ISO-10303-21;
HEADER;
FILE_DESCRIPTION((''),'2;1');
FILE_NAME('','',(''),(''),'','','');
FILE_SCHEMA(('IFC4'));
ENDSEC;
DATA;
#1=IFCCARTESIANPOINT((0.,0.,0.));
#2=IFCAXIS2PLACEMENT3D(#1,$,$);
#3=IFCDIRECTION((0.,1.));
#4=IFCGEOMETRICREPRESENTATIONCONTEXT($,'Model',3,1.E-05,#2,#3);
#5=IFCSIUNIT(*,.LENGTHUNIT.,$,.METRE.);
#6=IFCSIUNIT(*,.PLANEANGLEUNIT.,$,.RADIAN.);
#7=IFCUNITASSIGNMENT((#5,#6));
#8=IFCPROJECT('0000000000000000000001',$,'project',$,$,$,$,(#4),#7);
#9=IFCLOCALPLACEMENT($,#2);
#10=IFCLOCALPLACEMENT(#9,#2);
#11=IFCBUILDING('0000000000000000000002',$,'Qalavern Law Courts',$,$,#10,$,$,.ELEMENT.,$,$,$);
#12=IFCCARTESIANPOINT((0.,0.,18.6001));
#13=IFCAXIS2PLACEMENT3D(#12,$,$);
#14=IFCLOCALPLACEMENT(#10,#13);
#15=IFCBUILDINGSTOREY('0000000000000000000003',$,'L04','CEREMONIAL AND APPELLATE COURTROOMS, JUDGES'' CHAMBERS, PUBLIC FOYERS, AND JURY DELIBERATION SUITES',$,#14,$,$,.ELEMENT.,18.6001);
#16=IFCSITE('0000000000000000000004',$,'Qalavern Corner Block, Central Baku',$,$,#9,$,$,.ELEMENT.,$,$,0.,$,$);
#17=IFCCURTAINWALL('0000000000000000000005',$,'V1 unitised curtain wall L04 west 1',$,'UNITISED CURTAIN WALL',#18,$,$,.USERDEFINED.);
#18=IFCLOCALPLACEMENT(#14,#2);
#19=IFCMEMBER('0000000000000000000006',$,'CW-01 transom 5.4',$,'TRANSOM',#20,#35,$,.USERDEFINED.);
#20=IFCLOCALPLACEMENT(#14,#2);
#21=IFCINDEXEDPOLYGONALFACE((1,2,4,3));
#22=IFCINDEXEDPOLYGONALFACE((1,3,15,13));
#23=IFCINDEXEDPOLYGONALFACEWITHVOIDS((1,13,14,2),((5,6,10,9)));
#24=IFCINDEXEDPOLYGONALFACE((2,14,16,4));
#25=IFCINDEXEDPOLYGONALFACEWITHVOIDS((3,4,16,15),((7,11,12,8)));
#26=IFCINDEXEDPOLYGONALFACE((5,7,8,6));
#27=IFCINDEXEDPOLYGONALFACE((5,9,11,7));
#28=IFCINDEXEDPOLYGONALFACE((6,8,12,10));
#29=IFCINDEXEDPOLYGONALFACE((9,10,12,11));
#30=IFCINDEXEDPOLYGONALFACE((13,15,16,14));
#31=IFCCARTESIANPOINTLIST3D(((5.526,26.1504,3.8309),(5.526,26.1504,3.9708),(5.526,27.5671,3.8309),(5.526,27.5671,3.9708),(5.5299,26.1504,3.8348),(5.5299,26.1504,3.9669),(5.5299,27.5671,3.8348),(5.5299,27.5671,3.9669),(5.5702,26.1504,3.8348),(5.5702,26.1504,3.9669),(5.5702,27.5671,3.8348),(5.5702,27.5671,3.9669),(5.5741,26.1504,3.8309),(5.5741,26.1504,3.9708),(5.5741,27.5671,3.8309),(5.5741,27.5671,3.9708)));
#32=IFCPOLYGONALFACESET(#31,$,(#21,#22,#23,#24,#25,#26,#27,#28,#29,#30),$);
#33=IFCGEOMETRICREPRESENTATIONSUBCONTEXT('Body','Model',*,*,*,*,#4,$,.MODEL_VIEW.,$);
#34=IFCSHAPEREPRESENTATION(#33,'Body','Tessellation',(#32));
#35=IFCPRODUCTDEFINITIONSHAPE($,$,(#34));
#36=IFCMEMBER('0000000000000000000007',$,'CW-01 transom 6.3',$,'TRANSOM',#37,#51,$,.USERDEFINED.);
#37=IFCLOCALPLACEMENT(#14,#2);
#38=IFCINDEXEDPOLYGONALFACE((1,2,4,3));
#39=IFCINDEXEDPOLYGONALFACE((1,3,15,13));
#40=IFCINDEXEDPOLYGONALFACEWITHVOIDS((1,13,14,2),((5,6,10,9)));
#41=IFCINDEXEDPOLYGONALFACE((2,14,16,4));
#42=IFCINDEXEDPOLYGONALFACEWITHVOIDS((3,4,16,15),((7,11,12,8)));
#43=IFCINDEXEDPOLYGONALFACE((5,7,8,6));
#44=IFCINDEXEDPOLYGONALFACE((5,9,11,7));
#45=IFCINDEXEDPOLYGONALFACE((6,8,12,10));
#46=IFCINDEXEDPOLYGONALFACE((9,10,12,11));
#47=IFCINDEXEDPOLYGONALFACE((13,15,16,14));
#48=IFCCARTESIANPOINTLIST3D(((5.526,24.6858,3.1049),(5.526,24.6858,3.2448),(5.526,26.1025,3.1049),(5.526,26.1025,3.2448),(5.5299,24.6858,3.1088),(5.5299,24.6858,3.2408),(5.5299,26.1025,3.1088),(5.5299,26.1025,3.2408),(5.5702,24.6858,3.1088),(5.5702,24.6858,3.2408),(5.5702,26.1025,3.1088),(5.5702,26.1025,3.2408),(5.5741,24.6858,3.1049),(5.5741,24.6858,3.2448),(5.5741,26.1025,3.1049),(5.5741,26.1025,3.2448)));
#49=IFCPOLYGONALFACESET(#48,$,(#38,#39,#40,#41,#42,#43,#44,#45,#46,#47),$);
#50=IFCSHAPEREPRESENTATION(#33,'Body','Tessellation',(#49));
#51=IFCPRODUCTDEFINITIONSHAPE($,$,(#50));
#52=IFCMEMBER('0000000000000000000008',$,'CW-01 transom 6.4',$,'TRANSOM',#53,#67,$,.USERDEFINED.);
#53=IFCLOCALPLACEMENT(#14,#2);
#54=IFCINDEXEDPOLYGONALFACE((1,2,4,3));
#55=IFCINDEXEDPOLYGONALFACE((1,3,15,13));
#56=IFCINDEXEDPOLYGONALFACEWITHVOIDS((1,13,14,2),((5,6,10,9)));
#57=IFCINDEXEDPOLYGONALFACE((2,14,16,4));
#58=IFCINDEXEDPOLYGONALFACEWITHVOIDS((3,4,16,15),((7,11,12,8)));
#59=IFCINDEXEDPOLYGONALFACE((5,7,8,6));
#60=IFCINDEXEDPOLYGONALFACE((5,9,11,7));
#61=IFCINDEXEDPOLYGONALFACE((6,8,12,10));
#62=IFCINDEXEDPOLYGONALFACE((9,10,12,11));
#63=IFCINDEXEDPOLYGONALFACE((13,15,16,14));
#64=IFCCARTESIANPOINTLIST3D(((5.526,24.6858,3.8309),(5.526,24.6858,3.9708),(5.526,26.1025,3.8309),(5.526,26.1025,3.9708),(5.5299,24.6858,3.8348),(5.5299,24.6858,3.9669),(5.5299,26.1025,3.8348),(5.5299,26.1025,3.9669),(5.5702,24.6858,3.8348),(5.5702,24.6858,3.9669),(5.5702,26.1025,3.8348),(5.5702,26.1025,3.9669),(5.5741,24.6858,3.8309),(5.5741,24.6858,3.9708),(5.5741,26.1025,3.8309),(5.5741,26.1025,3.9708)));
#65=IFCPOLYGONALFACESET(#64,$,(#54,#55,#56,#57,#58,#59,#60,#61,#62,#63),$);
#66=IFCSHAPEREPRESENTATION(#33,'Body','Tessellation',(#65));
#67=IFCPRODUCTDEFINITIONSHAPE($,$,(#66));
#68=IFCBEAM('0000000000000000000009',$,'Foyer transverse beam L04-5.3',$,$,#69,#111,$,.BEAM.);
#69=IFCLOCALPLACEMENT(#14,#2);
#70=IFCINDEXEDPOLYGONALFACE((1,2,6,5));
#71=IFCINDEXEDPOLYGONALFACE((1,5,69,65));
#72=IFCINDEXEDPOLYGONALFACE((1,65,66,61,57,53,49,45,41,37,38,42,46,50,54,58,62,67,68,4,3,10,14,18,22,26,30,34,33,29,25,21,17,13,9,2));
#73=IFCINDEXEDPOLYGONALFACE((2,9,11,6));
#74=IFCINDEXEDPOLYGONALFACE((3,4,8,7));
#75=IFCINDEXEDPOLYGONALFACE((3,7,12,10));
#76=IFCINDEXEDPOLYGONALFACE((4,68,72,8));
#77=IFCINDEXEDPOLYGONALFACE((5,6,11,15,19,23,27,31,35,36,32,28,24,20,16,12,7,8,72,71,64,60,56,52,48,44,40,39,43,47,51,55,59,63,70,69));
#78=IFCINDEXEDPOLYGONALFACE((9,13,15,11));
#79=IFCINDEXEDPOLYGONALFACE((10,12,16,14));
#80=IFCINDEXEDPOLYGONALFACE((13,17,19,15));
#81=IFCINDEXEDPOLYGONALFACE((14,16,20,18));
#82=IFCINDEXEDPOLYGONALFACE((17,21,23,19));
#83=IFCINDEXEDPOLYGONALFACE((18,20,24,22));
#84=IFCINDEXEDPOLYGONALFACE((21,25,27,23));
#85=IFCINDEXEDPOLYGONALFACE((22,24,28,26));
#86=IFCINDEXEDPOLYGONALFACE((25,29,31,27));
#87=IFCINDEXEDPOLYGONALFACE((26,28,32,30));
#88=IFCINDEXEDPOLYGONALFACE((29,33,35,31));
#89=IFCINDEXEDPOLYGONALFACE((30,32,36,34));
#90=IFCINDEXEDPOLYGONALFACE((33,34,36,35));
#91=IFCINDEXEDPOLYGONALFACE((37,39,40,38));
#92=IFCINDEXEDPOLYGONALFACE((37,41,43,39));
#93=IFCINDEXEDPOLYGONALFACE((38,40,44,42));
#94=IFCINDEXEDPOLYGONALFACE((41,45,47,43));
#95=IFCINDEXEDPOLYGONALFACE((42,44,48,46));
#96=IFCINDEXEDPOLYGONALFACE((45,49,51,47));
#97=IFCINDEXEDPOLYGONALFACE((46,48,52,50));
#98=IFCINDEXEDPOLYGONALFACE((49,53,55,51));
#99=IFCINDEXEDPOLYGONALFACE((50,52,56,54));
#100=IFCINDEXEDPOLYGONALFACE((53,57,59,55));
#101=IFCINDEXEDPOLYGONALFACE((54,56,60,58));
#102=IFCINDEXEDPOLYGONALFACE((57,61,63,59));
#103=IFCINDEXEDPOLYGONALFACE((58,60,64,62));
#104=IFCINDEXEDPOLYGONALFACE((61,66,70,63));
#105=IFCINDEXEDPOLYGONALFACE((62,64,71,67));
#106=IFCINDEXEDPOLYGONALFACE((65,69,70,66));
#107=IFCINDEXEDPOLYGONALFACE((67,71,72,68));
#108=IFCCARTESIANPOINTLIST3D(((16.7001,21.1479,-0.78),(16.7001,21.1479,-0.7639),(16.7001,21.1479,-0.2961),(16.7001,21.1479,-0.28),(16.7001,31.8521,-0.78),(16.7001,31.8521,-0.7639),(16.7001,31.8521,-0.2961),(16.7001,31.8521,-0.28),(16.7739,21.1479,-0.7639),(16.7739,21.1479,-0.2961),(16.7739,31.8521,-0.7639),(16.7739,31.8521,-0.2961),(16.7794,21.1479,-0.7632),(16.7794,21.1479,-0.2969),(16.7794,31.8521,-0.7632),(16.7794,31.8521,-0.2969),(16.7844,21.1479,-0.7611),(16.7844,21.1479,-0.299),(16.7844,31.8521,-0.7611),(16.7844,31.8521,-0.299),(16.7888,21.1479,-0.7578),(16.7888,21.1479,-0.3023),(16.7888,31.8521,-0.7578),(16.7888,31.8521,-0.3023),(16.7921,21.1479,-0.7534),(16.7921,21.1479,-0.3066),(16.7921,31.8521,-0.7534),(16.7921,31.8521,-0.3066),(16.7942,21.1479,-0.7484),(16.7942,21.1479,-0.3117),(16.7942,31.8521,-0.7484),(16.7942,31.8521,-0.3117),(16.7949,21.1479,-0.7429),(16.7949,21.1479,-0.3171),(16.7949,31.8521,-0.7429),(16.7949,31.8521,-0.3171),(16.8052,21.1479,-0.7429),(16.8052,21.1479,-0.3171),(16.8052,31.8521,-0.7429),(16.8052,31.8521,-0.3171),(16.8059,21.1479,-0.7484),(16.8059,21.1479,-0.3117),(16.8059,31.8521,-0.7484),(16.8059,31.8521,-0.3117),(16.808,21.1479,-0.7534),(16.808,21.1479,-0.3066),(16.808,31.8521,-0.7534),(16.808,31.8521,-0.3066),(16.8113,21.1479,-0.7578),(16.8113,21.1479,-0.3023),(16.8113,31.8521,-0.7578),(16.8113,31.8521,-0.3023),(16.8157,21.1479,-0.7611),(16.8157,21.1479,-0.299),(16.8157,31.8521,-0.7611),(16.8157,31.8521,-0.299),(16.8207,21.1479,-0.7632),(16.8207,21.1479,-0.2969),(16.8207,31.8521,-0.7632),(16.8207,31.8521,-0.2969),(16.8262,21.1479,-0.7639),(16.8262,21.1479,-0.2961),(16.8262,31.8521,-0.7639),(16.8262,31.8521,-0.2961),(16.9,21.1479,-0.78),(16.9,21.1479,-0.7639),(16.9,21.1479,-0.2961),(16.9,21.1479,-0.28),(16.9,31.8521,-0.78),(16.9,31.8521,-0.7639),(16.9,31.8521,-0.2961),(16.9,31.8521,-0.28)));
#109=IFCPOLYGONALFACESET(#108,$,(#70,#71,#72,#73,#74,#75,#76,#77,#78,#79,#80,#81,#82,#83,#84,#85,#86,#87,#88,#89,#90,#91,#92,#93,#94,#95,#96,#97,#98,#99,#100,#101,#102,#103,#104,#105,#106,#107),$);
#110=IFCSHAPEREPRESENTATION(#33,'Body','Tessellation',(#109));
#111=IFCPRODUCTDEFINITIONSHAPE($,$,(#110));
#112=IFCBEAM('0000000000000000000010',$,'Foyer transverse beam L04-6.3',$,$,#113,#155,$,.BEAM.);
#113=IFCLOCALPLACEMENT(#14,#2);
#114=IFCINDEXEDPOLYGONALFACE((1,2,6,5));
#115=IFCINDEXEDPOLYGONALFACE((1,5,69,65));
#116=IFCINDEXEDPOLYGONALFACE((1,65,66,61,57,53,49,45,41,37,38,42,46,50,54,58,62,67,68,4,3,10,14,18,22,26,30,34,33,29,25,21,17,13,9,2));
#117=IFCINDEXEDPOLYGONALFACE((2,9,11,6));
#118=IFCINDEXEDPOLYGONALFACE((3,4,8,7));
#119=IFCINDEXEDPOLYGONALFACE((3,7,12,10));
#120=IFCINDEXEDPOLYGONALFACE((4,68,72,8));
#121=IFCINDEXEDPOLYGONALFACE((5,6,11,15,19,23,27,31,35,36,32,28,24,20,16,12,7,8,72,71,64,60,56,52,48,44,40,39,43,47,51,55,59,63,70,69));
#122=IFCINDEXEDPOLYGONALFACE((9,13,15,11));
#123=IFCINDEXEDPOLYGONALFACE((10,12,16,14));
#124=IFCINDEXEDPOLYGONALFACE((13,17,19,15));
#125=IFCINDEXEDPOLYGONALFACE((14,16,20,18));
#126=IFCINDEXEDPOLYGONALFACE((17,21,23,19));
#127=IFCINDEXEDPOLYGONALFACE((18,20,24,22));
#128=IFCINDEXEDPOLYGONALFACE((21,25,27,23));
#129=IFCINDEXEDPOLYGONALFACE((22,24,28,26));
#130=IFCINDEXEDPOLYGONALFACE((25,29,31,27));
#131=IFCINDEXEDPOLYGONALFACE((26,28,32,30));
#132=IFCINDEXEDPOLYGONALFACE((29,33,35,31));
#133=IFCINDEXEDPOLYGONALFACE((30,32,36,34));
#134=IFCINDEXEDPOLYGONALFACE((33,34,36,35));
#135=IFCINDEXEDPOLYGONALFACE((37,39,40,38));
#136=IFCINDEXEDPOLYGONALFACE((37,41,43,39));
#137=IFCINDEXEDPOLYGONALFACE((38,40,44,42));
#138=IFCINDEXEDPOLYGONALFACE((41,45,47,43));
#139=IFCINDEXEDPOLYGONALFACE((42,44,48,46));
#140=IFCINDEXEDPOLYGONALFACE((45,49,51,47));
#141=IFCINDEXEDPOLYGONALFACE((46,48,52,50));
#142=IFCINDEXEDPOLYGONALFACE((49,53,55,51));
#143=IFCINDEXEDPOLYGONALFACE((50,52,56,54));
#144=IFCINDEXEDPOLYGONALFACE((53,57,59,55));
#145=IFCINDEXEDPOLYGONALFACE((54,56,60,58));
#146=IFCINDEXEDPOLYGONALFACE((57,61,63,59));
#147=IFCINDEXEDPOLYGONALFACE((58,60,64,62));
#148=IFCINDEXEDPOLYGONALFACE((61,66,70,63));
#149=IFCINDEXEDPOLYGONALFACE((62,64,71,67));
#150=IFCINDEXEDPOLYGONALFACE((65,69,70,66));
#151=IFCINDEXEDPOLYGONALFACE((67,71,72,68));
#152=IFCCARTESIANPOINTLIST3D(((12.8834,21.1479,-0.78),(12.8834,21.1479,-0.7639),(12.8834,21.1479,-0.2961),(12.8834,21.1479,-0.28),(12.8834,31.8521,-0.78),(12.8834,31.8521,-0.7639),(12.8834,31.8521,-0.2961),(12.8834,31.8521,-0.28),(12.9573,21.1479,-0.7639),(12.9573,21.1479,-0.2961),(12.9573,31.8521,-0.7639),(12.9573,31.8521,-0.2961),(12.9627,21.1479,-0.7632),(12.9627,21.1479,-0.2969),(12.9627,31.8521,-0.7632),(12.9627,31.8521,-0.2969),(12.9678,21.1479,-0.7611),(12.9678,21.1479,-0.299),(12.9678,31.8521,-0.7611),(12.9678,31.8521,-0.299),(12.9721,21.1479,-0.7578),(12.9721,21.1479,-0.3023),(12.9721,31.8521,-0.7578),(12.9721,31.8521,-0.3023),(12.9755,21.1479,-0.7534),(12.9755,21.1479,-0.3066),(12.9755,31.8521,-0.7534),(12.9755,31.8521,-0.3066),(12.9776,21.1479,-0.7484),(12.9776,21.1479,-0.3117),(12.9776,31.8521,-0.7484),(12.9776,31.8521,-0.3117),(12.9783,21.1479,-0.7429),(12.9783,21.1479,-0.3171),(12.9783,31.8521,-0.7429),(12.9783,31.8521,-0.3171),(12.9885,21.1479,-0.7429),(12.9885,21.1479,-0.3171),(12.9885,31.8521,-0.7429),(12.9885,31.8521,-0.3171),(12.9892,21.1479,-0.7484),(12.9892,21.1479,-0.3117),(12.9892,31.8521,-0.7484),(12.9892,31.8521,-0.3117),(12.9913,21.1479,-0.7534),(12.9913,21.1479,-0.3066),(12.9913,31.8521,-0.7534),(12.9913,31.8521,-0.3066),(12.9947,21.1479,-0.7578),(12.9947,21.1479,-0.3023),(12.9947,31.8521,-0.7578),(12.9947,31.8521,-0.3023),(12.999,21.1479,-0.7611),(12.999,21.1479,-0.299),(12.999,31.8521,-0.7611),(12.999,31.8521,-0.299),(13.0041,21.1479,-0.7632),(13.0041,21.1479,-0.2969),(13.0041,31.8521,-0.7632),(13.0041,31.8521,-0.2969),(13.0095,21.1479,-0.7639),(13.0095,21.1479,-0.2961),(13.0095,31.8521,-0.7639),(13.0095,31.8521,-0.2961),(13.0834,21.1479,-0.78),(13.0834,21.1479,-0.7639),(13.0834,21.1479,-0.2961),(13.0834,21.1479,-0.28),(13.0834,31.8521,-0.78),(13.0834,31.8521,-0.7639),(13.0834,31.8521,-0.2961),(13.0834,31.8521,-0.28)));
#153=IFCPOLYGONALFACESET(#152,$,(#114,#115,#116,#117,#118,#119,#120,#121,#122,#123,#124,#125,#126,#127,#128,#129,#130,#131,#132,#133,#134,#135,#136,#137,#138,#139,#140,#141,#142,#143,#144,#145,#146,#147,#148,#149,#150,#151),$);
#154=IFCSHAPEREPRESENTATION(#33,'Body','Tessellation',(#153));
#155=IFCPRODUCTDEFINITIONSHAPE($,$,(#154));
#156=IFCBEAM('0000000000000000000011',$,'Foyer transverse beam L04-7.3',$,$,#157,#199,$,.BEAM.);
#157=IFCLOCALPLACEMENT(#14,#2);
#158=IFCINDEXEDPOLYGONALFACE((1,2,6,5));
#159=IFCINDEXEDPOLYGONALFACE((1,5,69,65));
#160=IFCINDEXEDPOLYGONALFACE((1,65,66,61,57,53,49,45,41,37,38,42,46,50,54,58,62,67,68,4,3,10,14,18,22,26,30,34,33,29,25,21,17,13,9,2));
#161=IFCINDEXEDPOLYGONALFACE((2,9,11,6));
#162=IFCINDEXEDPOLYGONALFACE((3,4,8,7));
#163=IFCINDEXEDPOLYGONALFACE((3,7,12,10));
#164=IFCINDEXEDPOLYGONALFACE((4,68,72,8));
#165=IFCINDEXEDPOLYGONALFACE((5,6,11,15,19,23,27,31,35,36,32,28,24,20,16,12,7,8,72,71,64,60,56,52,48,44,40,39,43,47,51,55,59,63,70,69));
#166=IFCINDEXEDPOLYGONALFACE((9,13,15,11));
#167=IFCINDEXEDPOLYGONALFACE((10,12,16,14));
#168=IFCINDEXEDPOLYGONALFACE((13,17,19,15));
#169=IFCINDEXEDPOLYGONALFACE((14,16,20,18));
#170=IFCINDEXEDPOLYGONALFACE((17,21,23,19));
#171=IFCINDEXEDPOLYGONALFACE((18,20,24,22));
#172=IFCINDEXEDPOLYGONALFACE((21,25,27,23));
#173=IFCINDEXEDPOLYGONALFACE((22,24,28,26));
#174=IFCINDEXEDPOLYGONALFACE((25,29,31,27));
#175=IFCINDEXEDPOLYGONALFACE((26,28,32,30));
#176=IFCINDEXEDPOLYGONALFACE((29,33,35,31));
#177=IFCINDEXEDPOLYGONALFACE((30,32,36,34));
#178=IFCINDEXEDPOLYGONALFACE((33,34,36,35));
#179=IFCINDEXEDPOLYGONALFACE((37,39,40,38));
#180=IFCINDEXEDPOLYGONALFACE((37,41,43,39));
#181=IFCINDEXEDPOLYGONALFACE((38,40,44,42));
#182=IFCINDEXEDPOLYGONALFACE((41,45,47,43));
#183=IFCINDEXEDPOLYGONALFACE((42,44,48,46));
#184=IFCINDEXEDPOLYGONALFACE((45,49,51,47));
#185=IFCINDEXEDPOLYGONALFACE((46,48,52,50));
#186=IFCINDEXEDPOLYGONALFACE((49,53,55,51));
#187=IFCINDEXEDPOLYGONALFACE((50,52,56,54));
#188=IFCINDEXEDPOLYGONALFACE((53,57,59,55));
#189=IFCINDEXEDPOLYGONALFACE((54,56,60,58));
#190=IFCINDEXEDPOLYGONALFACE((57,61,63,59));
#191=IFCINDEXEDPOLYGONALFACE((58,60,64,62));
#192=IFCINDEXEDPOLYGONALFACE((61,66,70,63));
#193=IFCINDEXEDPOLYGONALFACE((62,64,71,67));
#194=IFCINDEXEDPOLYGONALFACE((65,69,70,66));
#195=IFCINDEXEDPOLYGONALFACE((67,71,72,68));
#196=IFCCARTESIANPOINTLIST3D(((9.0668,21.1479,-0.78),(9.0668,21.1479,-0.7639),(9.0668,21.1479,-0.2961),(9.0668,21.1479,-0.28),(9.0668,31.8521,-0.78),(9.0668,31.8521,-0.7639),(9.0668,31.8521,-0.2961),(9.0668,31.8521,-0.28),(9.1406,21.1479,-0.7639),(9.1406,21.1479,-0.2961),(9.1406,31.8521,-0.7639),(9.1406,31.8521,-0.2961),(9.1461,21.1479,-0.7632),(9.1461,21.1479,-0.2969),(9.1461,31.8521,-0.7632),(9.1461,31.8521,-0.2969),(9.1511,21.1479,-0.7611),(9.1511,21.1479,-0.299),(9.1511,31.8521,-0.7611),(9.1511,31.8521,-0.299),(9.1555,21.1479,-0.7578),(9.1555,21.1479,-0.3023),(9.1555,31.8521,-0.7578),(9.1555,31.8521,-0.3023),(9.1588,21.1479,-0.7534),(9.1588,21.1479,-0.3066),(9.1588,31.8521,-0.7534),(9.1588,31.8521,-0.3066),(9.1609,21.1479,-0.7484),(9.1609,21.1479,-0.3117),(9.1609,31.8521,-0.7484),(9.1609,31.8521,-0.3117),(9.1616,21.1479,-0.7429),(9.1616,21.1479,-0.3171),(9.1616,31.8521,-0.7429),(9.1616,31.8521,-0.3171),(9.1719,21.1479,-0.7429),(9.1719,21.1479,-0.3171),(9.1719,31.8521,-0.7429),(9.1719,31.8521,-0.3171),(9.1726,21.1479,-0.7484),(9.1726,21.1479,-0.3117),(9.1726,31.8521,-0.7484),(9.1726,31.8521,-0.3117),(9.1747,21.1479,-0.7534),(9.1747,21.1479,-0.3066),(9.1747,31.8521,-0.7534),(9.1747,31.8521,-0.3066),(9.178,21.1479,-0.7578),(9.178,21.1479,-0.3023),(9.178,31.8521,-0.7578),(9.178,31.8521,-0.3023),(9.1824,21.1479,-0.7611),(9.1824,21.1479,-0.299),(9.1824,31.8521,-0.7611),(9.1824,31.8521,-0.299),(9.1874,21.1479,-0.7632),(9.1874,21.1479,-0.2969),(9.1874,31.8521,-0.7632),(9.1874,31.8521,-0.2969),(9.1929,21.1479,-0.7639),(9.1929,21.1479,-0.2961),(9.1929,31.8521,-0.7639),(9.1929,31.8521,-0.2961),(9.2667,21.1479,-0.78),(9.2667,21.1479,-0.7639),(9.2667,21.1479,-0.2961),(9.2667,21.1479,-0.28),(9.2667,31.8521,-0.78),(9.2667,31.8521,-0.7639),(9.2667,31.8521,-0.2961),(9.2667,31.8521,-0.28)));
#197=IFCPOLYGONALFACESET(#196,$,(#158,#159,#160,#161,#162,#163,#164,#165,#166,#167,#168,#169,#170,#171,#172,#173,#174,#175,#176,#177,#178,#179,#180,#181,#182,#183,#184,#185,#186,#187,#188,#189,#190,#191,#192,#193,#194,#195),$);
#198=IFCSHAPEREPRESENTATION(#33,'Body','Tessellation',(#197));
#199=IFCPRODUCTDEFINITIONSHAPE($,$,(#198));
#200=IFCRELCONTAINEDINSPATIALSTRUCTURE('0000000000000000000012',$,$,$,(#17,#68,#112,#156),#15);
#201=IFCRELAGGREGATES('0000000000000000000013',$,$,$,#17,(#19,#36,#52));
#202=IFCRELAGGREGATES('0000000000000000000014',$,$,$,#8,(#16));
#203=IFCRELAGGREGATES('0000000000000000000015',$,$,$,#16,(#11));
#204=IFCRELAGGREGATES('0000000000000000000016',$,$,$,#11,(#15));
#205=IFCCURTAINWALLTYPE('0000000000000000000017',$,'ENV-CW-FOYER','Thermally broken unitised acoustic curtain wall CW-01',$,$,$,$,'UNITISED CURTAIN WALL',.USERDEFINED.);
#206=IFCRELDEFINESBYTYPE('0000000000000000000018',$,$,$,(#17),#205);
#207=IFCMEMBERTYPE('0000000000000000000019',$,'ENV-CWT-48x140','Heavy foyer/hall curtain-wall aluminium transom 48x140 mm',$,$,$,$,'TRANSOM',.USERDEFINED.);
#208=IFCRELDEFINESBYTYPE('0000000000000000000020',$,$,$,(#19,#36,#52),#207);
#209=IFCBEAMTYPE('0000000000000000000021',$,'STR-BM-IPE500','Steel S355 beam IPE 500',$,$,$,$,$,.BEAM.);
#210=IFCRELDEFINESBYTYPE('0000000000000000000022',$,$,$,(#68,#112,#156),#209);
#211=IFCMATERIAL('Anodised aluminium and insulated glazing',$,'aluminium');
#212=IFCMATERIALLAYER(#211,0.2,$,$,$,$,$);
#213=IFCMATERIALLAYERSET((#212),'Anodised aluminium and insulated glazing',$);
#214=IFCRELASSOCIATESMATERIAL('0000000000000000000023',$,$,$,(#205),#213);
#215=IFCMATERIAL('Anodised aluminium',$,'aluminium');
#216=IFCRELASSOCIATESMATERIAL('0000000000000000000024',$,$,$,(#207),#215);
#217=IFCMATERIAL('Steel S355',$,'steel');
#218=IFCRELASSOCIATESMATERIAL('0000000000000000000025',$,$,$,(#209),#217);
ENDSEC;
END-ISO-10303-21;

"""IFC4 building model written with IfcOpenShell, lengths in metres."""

from ifc_helpers import new_model, si_unit, direction, frame, origin, origin_2d, place, context, subcontext, project, spatial, hollow_rectangle, i_section, extrude, material, layer, layer_set, material_profile, profile_set, type_object, element, aggregate, save


model = new_model("IFC4")

# Units and contexts
model_context = context("Model", 3, precision=1e-05, world=origin(), true_north=direction((0.0, 1.0)))
body_context = subcontext(model_context, "Body", "Model", "MODEL_VIEW")
ifc_project = project(units=[si_unit("LENGTHUNIT", "METRE"), si_unit("PLANEANGLEUNIT", "RADIAN")], contexts=[model_context])

# Site, building, storey
site_placement = place(None, origin())
site = spatial("IfcSite", under=ifc_project, at=site_placement, Name="Qalavern Corner Block, Central Baku", CompositionType="ELEMENT", RefElevation=0.0)
building_placement = place(site_placement, origin())
building = spatial("IfcBuilding", under=site, at=building_placement, Name="Qalavern Law Courts", CompositionType="ELEMENT")
storey_placement = place(building_placement, frame((0.0, 0.0, 18.6001)))
storey = spatial("IfcBuildingStorey", under=building, at=storey_placement, Name="L04", Description="CEREMONIAL AND APPELLATE COURTROOMS, JUDGES' CHAMBERS, PUBLIC FOYERS, AND JURY DELIBERATION SUITES", CompositionType="ELEMENT", Elevation=18.6001)

# Curtain wall, members
ifc_material_1 = material(Name="Anodised aluminium and insulated glazing", Category="aluminium")
ifc_layer_1 = layer(ifc_material_1, 0.2)
ifc_layer_set_1 = layer_set([ifc_layer_1], Name="Anodised aluminium and insulated glazing")
curtain_wall_type = type_object("IfcCurtainWallType", Name="ENV-CW-FOYER", Description="Thermally broken unitised acoustic curtain wall CW-01", ElementType="UNITISED CURTAIN WALL", PredefinedType="USERDEFINED", material=ifc_layer_set_1)
curtain_wall_placement = place(storey_placement, origin())
curtain_wall = element("IfcCurtainWall", 1, at=curtain_wall_placement, inside=storey, type_object=curtain_wall_type, Name="V1 unitised curtain wall L04 west 1", ObjectType="UNITISED CURTAIN WALL", PredefinedType="USERDEFINED")
ifc_material_2 = material(Name="Anodised aluminium", Category="aluminium")
ifc_material_profile_1 = material_profile(ifc_material_2, hollow_rectangle(XDim=0.0481, YDim=0.1399, WallThickness=0.0039, at=origin_2d()), Name="ALU TRANSOM 48x140")
ifc_profile_set_1 = profile_set([ifc_material_profile_1], Name="Anodised aluminium")
member_type_1 = type_object("IfcMemberType", Name="ENV-CWT-48x140", Description="Heavy foyer/hall curtain-wall aluminium transom 48x140 mm", ElementType="TRANSOM", PredefinedType="USERDEFINED", material=ifc_profile_set_1)
member_1_placement = place(storey_placement, frame((5.55, 27.5671, 3.9009), z_axis=(0.0, -1.0, 0.0), x_axis=(1.0, 0.0, 0.0)))
member_1 = element("IfcMember", 2, at=member_1_placement, type_object=member_type_1, Name="CW-01 transom 5.4", ObjectType="TRANSOM", PredefinedType="USERDEFINED", context=body_context, shape_type="SweptSolid", body=[
    extrude(hollow_rectangle(XDim=0.0481, YDim=0.1399, WallThickness=0.0039, at=origin_2d()), origin(), (0.0, 0.0, 1.0), 1.4167),
])
member_2_placement = place(storey_placement, frame((5.55, 26.1025, 3.1748), z_axis=(0.0, -1.0, 0.0), x_axis=(1.0, 0.0, 0.0)))
member_2 = element("IfcMember", 3, at=member_2_placement, type_object=member_type_1, Name="CW-01 transom 6.3", ObjectType="TRANSOM", PredefinedType="USERDEFINED", context=body_context, shape_type="SweptSolid", body=[
    extrude(hollow_rectangle(XDim=0.0481, YDim=0.1399, WallThickness=0.0039, at=origin_2d()), origin(), (0.0, 0.0, 1.0), 1.4167),
])
member_3_placement = place(storey_placement, frame((5.55, 26.1025, 3.9009), z_axis=(0.0, -1.0, 0.0), x_axis=(1.0, 0.0, 0.0)))
member_3 = element("IfcMember", 4, at=member_3_placement, type_object=member_type_1, Name="CW-01 transom 6.4", ObjectType="TRANSOM", PredefinedType="USERDEFINED", context=body_context, shape_type="SweptSolid", body=[
    extrude(hollow_rectangle(XDim=0.0481, YDim=0.1399, WallThickness=0.0039, at=origin_2d()), origin(), (0.0, 0.0, 1.0), 1.4167),
])

# Beams
ifc_material_3 = material(Name="Steel S355", Category="steel")
ifc_material_profile_2 = material_profile(ifc_material_3, i_section(OverallWidth=0.2, OverallDepth=0.5, WebThickness=0.0103, FlangeThickness=0.0161, FilletRadius=0.021, at=origin_2d()), Name="IPE 500")
ifc_profile_set_2 = profile_set([ifc_material_profile_2], Name="Steel S355")
beam_type_1 = type_object("IfcBeamType", Name="STR-BM-IPE500", Description="Steel S355 beam IPE 500", PredefinedType="BEAM", material=ifc_profile_set_2)
for number, where, z_axis, x_axis, name in (
    (5, (16.8, 21.1479, -0.53), (0.0, 1.0, 0.0), (-1.0, 0.0, 0.0), "Foyer transverse beam L04-5.3"),
    (6, (12.9834, 21.1479, -0.53), (0.0, 1.0, 0.0), (-1.0, 0.0, 0.0), "Foyer transverse beam L04-6.3"),
    (7, (9.1667, 21.1479, -0.53), (0.0, 1.0, 0.0), (-1.0, 0.0, 0.0), "Foyer transverse beam L04-7.3"),
):
    element("IfcBeam", number, at=place(storey_placement, frame(where, z_axis=z_axis, x_axis=x_axis)), inside=storey, type_object=beam_type_1, Name=name, PredefinedType="BEAM", context=body_context, shape_type="SweptSolid", body=[
        extrude(i_section(OverallWidth=0.2, OverallDepth=0.5, WebThickness=0.0103, FlangeThickness=0.0161, FilletRadius=0.021, at=origin_2d()), origin(), (0.0, 0.0, 1.0), 10.7041),
    ])

aggregate(curtain_wall, [member_1, member_2, member_3])

save(model, "model.ifc")
